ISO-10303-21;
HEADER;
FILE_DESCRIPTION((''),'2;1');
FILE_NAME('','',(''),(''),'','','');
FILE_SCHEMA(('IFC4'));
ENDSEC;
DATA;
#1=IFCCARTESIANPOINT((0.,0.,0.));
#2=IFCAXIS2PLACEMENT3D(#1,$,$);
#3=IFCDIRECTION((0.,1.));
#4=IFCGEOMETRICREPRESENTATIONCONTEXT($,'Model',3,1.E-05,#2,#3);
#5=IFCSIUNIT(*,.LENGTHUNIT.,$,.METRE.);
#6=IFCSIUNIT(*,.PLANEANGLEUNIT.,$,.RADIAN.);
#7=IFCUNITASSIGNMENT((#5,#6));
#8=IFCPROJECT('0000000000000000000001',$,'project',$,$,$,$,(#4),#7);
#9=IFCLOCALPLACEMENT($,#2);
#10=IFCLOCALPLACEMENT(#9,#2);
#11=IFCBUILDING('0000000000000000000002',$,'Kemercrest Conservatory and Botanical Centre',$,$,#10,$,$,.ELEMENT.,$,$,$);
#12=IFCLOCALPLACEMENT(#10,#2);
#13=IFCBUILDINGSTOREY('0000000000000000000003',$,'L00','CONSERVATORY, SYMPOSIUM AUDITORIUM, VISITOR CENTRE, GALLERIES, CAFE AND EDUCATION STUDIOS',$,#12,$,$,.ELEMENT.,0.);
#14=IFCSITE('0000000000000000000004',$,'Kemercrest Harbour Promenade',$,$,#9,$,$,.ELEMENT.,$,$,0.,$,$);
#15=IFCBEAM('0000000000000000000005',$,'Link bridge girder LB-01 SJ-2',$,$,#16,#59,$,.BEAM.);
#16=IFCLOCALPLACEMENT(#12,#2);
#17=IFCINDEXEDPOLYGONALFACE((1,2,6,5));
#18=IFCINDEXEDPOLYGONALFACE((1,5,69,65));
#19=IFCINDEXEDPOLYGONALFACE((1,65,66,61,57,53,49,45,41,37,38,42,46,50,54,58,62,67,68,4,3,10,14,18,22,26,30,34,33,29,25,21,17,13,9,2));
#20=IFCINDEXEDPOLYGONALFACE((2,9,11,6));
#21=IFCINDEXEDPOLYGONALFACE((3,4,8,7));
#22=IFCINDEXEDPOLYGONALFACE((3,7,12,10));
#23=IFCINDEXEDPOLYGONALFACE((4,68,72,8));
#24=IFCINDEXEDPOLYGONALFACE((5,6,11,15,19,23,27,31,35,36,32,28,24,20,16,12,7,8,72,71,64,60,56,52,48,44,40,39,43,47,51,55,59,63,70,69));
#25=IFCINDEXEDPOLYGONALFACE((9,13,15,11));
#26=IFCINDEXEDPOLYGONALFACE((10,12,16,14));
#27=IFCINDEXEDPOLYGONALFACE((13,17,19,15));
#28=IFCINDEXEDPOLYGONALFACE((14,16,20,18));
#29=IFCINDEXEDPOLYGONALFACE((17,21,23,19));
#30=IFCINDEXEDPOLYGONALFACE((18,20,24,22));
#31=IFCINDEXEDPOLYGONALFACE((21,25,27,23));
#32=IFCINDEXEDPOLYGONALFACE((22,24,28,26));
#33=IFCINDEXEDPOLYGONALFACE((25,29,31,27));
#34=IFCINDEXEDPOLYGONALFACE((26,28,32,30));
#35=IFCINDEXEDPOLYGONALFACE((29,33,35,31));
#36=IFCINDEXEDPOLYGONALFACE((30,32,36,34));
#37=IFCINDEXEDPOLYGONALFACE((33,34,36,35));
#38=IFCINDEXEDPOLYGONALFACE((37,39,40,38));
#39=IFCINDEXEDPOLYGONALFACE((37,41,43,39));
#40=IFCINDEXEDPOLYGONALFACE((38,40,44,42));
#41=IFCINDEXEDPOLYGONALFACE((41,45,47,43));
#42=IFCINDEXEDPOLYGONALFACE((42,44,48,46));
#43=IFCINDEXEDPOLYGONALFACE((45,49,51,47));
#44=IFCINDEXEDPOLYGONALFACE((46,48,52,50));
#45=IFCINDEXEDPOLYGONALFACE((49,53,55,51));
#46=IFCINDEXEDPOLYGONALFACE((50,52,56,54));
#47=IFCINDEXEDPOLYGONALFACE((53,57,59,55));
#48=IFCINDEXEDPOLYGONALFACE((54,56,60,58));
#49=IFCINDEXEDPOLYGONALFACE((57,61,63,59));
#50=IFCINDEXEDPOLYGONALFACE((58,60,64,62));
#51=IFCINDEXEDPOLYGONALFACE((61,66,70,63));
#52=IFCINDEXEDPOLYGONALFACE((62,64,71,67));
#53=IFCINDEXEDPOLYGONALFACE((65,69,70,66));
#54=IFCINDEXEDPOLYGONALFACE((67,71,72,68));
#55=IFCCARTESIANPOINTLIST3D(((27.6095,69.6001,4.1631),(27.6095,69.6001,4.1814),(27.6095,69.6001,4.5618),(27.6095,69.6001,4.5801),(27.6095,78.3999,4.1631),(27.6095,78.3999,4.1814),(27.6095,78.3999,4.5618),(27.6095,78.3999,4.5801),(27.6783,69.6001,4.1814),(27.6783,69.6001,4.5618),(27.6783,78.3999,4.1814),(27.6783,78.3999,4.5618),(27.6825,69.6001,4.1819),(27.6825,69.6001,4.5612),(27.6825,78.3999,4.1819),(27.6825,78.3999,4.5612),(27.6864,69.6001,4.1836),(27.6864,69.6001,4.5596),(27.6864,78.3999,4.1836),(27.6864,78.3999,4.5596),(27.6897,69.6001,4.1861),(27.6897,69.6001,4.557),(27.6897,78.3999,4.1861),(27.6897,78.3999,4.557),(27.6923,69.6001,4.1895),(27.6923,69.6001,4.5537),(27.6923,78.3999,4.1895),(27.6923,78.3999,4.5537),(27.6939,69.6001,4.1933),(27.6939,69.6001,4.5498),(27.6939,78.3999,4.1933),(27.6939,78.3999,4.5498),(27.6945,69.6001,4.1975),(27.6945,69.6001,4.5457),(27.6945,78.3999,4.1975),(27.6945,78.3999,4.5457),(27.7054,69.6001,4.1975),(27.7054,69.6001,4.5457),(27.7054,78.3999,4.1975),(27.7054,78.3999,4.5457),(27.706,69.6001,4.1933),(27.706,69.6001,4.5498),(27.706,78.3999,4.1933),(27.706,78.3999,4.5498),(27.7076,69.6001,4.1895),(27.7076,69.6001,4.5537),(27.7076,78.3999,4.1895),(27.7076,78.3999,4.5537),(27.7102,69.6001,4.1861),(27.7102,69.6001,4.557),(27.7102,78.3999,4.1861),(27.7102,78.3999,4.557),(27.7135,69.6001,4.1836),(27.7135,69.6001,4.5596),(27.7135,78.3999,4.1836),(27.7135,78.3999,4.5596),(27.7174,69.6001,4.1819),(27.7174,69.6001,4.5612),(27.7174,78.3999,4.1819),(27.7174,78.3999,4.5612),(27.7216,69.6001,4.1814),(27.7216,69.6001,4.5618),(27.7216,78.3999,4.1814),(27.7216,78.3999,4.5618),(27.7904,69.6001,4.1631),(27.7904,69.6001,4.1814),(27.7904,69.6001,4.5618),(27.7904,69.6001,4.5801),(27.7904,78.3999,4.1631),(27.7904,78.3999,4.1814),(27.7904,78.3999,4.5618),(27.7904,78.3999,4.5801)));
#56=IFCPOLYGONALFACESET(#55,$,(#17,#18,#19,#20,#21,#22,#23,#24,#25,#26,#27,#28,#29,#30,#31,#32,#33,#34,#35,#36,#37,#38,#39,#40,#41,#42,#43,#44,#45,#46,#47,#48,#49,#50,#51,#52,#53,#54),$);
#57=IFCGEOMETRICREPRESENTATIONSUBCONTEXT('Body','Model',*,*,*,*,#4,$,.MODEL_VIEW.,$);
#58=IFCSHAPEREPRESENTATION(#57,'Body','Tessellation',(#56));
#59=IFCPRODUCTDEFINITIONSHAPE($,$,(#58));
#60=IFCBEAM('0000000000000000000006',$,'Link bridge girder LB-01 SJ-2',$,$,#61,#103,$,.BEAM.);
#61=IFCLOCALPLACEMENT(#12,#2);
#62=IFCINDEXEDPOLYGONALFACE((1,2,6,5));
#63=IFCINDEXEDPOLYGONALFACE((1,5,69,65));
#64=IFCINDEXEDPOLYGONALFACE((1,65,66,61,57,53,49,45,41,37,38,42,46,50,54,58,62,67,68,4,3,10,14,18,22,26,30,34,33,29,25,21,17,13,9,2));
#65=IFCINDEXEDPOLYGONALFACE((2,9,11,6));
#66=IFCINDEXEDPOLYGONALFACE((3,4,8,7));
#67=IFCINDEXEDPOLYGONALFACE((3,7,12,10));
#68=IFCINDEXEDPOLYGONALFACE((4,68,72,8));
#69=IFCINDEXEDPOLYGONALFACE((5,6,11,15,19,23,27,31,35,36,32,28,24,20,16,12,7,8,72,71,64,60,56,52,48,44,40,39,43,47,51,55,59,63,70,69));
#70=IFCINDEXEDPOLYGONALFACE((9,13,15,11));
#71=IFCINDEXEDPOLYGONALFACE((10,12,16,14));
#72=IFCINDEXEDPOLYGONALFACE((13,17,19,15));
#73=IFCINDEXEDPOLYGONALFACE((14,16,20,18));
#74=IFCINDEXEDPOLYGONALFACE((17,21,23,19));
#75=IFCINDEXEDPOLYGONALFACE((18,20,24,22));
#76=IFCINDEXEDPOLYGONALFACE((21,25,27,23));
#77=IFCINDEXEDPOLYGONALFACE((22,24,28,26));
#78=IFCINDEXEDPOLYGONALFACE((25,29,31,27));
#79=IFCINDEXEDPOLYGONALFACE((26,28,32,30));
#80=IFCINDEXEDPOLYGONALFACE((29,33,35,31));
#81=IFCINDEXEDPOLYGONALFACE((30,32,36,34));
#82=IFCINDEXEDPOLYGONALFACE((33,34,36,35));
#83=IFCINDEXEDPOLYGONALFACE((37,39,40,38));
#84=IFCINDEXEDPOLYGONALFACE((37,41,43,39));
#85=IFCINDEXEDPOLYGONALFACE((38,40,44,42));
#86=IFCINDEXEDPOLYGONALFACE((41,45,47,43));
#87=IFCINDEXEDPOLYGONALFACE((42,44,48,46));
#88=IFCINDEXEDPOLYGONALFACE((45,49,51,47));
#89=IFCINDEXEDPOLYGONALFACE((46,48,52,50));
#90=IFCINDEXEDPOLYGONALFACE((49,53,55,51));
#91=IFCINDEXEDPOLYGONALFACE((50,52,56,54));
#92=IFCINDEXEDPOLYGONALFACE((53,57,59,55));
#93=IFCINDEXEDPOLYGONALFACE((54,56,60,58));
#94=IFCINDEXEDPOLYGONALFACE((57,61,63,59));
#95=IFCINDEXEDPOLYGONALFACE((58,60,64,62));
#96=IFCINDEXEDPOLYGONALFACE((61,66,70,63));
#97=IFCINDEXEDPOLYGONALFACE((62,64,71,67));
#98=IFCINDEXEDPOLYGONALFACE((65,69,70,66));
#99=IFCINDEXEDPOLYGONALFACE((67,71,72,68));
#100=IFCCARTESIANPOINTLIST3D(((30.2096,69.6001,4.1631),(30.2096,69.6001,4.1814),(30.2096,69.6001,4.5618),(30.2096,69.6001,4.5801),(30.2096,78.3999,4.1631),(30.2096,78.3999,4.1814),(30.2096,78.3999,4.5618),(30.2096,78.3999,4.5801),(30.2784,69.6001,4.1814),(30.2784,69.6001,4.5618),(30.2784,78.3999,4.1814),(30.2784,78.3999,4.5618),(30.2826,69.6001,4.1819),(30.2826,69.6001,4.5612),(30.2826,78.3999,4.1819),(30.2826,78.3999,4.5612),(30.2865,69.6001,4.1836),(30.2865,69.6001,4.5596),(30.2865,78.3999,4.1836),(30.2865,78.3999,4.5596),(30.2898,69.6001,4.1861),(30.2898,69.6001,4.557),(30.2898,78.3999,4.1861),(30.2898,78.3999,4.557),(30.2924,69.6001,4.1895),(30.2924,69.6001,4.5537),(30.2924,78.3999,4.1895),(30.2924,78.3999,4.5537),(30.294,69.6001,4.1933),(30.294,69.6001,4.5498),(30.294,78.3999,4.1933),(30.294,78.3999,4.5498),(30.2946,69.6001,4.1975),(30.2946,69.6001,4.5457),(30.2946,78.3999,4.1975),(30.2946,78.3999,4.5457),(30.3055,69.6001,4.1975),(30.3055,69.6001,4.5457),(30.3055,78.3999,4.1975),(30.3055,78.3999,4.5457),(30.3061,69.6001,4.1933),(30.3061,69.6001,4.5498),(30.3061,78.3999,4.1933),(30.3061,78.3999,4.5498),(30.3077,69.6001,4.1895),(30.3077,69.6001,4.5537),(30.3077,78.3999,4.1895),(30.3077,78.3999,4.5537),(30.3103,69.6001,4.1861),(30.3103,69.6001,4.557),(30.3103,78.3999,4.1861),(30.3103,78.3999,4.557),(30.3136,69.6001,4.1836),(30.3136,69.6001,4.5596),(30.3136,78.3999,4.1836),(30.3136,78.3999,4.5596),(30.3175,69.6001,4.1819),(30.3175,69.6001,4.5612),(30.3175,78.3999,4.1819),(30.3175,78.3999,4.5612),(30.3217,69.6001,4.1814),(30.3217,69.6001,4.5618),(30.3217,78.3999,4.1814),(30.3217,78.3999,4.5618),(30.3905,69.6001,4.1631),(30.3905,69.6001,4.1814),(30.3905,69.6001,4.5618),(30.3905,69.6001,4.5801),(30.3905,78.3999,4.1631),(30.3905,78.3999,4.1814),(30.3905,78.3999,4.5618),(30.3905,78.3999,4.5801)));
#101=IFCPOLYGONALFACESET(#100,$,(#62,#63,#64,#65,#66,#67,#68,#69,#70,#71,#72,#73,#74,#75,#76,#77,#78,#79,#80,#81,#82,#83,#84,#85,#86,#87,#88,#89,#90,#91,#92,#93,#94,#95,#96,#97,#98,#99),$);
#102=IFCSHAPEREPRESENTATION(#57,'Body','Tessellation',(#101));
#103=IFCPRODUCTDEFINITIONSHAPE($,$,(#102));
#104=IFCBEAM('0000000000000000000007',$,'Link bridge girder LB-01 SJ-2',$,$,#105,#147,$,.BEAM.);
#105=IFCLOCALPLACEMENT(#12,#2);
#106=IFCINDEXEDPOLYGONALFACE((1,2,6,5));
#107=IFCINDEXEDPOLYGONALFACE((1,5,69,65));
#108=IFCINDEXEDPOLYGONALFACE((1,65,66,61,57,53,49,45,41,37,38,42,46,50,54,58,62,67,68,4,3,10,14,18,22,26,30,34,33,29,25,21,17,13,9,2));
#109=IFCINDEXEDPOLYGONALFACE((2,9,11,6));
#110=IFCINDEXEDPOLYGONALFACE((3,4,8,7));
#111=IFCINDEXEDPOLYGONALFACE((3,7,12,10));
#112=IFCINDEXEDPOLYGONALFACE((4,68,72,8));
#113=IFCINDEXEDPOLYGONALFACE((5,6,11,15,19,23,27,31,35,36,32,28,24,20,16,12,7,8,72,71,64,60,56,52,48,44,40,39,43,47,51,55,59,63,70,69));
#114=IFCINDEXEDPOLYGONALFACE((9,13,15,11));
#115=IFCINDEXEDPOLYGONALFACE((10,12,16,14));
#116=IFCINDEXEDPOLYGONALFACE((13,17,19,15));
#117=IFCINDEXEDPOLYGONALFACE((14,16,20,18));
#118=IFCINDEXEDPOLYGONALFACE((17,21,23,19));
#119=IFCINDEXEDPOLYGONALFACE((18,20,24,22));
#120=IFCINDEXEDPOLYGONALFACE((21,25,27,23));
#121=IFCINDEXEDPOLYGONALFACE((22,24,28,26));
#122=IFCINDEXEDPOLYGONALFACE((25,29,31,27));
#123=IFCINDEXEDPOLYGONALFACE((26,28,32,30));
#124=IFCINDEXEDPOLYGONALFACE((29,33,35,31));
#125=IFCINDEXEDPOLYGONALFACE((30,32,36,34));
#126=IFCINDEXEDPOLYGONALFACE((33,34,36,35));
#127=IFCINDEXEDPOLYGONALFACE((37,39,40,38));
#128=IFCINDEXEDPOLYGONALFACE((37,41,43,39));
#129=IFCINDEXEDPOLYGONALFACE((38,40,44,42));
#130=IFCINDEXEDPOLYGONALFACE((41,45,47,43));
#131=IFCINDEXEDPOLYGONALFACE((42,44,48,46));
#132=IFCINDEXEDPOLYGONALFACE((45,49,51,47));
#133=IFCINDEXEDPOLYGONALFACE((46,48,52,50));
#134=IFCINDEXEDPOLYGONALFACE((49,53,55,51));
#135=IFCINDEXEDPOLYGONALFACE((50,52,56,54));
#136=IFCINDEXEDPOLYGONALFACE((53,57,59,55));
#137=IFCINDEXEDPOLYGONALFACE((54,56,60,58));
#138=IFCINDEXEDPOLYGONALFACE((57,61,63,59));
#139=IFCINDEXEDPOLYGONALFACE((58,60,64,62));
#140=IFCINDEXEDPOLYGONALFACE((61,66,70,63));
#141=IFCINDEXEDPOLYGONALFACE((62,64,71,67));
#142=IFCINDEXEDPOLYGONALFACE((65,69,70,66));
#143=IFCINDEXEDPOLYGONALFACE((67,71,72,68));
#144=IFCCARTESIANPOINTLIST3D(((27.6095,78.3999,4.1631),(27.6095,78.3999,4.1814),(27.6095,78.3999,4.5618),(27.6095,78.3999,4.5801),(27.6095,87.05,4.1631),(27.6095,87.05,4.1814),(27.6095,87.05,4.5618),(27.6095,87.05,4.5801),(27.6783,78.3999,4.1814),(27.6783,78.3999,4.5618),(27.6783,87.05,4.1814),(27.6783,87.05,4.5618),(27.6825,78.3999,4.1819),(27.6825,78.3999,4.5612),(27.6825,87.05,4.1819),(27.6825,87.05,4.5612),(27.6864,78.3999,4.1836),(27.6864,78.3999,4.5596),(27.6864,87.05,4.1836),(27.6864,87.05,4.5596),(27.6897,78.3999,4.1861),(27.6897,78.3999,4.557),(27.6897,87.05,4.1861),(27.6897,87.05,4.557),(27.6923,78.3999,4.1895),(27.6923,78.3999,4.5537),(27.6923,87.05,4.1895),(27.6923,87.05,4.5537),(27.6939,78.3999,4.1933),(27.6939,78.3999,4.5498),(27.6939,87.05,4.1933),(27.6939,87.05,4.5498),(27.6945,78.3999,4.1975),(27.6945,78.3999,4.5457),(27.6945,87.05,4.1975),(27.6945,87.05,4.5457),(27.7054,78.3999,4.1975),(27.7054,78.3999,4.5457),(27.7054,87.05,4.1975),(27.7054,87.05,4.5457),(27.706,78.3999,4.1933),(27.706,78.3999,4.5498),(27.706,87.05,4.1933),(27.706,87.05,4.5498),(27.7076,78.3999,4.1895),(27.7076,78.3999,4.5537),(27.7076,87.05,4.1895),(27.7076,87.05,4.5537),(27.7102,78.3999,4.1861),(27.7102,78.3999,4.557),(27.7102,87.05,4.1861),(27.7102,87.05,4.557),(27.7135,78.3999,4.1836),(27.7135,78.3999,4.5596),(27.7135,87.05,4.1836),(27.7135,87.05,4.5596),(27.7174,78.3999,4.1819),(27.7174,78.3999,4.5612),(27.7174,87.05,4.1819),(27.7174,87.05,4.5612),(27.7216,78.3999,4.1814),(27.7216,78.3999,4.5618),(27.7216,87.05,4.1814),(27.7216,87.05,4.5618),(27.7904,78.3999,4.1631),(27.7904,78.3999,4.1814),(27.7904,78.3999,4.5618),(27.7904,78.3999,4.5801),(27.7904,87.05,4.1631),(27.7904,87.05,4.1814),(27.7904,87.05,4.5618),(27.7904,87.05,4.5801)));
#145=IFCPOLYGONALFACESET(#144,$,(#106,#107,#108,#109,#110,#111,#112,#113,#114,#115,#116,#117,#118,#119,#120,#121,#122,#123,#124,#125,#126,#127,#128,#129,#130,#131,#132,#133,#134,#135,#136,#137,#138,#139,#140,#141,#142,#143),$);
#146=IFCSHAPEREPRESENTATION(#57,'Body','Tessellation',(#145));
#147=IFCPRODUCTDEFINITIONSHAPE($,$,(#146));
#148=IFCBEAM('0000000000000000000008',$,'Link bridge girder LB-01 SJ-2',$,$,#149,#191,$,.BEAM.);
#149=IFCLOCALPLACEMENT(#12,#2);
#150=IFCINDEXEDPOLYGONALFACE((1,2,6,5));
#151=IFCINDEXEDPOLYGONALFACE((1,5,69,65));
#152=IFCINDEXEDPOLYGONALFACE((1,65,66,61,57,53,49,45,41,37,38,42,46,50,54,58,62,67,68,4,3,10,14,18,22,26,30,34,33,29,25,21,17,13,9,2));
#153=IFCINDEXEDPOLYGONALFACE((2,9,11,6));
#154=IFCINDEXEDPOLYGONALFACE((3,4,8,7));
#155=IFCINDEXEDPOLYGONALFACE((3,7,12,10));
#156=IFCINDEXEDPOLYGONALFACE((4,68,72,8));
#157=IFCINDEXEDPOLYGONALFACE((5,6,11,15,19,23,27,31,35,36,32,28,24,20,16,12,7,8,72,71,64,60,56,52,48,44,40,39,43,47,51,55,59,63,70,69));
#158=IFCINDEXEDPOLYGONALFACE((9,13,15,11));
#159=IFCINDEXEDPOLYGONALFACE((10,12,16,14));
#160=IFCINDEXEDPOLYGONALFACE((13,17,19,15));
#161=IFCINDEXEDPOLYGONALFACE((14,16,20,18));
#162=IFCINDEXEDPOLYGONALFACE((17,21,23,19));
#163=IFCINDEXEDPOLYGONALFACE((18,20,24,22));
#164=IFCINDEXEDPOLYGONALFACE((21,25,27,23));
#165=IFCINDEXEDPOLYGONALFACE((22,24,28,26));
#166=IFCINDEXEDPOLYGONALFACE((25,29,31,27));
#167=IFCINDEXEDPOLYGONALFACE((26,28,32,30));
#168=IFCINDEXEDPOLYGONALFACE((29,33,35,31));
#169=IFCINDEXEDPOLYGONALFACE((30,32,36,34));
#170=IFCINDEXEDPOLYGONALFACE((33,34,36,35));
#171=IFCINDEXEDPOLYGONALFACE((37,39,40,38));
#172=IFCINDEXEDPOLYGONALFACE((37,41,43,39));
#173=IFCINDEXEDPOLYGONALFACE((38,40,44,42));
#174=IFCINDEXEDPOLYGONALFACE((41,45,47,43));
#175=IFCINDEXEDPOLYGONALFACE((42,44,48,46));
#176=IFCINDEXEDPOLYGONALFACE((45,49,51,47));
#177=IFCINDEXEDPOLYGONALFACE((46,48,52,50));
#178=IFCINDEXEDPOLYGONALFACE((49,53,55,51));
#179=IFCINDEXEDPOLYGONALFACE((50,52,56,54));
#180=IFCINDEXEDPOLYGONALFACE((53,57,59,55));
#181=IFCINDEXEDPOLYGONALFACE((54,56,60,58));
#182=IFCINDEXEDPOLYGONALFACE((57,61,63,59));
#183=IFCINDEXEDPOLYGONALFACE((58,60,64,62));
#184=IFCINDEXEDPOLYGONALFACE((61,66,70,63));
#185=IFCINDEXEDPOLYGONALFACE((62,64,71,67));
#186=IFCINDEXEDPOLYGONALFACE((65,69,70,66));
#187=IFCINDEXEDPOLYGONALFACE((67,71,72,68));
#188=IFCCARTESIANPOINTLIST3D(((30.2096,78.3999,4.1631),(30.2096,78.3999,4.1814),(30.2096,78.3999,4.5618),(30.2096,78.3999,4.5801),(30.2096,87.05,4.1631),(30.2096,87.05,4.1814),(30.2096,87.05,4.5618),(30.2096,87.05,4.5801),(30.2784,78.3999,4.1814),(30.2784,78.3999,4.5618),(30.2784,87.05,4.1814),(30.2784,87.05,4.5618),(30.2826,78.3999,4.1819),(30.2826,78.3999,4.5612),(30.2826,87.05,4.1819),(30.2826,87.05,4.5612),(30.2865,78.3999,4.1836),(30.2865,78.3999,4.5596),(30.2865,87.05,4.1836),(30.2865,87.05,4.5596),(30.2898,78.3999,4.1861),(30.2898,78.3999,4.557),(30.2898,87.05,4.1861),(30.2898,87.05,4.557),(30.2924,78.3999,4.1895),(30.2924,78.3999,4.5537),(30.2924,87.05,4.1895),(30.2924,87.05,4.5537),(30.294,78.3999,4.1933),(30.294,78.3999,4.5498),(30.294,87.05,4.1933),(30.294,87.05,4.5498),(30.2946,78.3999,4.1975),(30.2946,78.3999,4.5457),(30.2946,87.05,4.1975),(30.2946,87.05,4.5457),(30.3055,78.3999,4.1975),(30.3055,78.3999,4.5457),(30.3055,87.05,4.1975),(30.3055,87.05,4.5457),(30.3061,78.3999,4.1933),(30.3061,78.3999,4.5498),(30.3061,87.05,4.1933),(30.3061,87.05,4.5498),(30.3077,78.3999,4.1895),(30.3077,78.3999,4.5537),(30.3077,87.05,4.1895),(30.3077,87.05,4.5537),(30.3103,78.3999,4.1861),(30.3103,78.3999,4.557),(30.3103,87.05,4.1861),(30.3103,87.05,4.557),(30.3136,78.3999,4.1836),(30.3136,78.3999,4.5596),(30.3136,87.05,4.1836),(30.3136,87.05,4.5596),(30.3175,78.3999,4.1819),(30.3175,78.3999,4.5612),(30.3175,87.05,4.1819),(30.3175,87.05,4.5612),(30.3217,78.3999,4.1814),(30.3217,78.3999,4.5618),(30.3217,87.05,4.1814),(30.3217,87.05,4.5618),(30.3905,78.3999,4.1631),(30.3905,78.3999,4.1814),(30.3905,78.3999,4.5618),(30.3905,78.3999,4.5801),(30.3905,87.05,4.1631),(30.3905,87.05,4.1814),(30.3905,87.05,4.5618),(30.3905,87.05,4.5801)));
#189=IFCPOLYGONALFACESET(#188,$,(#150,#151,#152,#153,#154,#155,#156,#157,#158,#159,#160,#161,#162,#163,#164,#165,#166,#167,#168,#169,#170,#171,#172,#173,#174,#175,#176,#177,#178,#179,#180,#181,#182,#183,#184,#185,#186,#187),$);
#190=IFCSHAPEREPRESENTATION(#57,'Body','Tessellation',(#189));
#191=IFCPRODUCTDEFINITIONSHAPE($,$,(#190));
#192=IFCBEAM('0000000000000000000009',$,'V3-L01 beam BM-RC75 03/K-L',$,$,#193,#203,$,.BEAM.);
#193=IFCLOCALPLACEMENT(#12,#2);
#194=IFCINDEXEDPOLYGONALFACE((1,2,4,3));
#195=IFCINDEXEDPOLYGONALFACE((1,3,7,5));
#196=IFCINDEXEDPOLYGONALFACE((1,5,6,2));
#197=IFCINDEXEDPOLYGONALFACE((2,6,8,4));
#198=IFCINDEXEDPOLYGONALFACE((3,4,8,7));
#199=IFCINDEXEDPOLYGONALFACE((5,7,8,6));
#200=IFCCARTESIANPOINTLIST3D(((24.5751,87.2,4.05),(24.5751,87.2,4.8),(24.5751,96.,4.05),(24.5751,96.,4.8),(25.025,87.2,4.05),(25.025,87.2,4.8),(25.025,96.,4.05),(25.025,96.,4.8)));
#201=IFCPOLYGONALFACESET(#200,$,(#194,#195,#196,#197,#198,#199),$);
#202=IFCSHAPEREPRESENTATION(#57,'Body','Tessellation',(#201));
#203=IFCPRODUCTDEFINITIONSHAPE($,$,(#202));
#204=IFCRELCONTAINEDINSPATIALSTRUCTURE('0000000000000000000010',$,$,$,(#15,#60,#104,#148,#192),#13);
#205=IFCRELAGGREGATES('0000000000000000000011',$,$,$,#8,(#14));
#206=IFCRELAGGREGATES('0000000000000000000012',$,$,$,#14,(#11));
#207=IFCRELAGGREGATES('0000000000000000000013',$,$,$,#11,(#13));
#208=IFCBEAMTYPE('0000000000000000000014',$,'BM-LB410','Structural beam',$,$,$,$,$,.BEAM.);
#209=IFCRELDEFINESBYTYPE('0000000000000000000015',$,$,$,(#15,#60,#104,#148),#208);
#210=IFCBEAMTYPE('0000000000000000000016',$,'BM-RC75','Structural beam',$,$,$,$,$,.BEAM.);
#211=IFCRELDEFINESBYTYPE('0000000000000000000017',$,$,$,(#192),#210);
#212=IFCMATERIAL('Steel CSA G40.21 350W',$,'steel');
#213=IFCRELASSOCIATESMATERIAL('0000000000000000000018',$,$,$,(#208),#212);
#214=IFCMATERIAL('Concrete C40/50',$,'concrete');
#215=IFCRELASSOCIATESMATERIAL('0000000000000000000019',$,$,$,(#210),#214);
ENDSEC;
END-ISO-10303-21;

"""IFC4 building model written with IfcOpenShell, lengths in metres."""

from ifc_helpers import new_model, si_unit, direction, frame, origin, origin_2d, place, context, subcontext, project, spatial, rectangle, i_section, extrude, material, material_profile, profile_set, type_object, element, save


model = new_model("IFC4")

# Units and contexts
model_context = context("Model", 3, precision=1e-05, world=origin(), true_north=direction((0.0, 1.0)))
body_context = subcontext(model_context, "Body", "Model", "MODEL_VIEW")
ifc_project = project(units=[si_unit("LENGTHUNIT", "METRE"), si_unit("PLANEANGLEUNIT", "RADIAN")], contexts=[model_context])

# Site, building, storey
site_placement = place(None, origin())
site = spatial("IfcSite", under=ifc_project, at=site_placement, Name="Kemercrest Harbour Promenade", CompositionType="ELEMENT", RefElevation=0.0)
building_placement = place(site_placement, origin())
building = spatial("IfcBuilding", under=site, at=building_placement, Name="Kemercrest Conservatory and Botanical Centre", CompositionType="ELEMENT")
storey_placement = place(building_placement, origin())
storey = spatial("IfcBuildingStorey", under=building, at=storey_placement, Name="L00", Description="CONSERVATORY, SYMPOSIUM AUDITORIUM, VISITOR CENTRE, GALLERIES, CAFE AND EDUCATION STUDIOS", CompositionType="ELEMENT", Elevation=0.0)

# Shared definitions
ifc_material_1 = material(Name="Concrete C40/50", Category="concrete")
ifc_material_2 = material(Name="Steel CSA G40.21 350W", Category="steel")

# Beams
ifc_material_profile_1 = material_profile(ifc_material_2, i_section(OverallWidth=0.1809, OverallDepth=0.417, WebThickness=0.011, FlangeThickness=0.0183, FilletRadius=0.0161, at=origin_2d()), Name="W410X85")
ifc_profile_set_1 = profile_set([ifc_material_profile_1], Name="Steel CSA G40.21 350W")
beam_type_1 = type_object("IfcBeamType", Name="BM-LB410", Description="Structural beam", PredefinedType="BEAM", material=ifc_profile_set_1)
for number, where, z_axis, x_axis, name in (
    (1, (27.7, 69.6001, 4.3716), (0.0, 1.0, 0.0), (-1.0, 0.0, 0.0), "Link bridge girder LB-01 SJ-2"),
    (2, (30.3, 69.6001, 4.3716), (0.0, 1.0, 0.0), (-1.0, 0.0, 0.0), "Link bridge girder LB-01 SJ-2"),
):
    element("IfcBeam", number, at=place(storey_placement, frame(where, z_axis=z_axis, x_axis=x_axis)), inside=storey, type_object=beam_type_1, Name=name, PredefinedType="BEAM", context=body_context, shape_type="SweptSolid", body=[
        extrude(i_section(OverallWidth=0.1809, OverallDepth=0.417, WebThickness=0.011, FlangeThickness=0.0183, FilletRadius=0.0161, at=origin_2d()), origin(), (0.0, 0.0, 1.0), 8.7998),
    ])
for number, where, z_axis, x_axis, name in (
    (3, (27.7, 78.3999, 4.3716), (0.0, 1.0, 0.0), (-1.0, 0.0, 0.0), "Link bridge girder LB-01 SJ-2"),
    (4, (30.3, 78.3999, 4.3716), (0.0, 1.0, 0.0), (-1.0, 0.0, 0.0), "Link bridge girder LB-01 SJ-2"),
):
    element("IfcBeam", number, at=place(storey_placement, frame(where, z_axis=z_axis, x_axis=x_axis)), inside=storey, type_object=beam_type_1, Name=name, PredefinedType="BEAM", context=body_context, shape_type="SweptSolid", body=[
        extrude(i_section(OverallWidth=0.1809, OverallDepth=0.417, WebThickness=0.011, FlangeThickness=0.0183, FilletRadius=0.0161, at=origin_2d()), origin(), (0.0, 0.0, 1.0), 8.6501),
    ])
ifc_material_profile_2 = material_profile(ifc_material_1, rectangle(XDim=0.45, YDim=0.75, at=origin_2d()), Name="RC 450x750")
ifc_profile_set_2 = profile_set([ifc_material_profile_2], Name="Concrete C40/50")
beam_type_2 = type_object("IfcBeamType", Name="BM-RC75", Description="Structural beam", PredefinedType="BEAM", material=ifc_profile_set_2)
beam_1_placement = place(storey_placement, frame((24.8, 87.2, 4.425), z_axis=(0.0, 1.0, 0.0), x_axis=(-1.0, 0.0, 0.0)))
element("IfcBeam", 5, at=beam_1_placement, inside=storey, type_object=beam_type_2, Name="V3-L01 beam BM-RC75 03/K-L", PredefinedType="BEAM", context=body_context, shape_type="SweptSolid", body=[
    extrude(rectangle(XDim=0.45, YDim=0.75, at=origin_2d()), origin(), (0.0, 0.0, 1.0), 8.8),
])

save(model, "model.ifc")
